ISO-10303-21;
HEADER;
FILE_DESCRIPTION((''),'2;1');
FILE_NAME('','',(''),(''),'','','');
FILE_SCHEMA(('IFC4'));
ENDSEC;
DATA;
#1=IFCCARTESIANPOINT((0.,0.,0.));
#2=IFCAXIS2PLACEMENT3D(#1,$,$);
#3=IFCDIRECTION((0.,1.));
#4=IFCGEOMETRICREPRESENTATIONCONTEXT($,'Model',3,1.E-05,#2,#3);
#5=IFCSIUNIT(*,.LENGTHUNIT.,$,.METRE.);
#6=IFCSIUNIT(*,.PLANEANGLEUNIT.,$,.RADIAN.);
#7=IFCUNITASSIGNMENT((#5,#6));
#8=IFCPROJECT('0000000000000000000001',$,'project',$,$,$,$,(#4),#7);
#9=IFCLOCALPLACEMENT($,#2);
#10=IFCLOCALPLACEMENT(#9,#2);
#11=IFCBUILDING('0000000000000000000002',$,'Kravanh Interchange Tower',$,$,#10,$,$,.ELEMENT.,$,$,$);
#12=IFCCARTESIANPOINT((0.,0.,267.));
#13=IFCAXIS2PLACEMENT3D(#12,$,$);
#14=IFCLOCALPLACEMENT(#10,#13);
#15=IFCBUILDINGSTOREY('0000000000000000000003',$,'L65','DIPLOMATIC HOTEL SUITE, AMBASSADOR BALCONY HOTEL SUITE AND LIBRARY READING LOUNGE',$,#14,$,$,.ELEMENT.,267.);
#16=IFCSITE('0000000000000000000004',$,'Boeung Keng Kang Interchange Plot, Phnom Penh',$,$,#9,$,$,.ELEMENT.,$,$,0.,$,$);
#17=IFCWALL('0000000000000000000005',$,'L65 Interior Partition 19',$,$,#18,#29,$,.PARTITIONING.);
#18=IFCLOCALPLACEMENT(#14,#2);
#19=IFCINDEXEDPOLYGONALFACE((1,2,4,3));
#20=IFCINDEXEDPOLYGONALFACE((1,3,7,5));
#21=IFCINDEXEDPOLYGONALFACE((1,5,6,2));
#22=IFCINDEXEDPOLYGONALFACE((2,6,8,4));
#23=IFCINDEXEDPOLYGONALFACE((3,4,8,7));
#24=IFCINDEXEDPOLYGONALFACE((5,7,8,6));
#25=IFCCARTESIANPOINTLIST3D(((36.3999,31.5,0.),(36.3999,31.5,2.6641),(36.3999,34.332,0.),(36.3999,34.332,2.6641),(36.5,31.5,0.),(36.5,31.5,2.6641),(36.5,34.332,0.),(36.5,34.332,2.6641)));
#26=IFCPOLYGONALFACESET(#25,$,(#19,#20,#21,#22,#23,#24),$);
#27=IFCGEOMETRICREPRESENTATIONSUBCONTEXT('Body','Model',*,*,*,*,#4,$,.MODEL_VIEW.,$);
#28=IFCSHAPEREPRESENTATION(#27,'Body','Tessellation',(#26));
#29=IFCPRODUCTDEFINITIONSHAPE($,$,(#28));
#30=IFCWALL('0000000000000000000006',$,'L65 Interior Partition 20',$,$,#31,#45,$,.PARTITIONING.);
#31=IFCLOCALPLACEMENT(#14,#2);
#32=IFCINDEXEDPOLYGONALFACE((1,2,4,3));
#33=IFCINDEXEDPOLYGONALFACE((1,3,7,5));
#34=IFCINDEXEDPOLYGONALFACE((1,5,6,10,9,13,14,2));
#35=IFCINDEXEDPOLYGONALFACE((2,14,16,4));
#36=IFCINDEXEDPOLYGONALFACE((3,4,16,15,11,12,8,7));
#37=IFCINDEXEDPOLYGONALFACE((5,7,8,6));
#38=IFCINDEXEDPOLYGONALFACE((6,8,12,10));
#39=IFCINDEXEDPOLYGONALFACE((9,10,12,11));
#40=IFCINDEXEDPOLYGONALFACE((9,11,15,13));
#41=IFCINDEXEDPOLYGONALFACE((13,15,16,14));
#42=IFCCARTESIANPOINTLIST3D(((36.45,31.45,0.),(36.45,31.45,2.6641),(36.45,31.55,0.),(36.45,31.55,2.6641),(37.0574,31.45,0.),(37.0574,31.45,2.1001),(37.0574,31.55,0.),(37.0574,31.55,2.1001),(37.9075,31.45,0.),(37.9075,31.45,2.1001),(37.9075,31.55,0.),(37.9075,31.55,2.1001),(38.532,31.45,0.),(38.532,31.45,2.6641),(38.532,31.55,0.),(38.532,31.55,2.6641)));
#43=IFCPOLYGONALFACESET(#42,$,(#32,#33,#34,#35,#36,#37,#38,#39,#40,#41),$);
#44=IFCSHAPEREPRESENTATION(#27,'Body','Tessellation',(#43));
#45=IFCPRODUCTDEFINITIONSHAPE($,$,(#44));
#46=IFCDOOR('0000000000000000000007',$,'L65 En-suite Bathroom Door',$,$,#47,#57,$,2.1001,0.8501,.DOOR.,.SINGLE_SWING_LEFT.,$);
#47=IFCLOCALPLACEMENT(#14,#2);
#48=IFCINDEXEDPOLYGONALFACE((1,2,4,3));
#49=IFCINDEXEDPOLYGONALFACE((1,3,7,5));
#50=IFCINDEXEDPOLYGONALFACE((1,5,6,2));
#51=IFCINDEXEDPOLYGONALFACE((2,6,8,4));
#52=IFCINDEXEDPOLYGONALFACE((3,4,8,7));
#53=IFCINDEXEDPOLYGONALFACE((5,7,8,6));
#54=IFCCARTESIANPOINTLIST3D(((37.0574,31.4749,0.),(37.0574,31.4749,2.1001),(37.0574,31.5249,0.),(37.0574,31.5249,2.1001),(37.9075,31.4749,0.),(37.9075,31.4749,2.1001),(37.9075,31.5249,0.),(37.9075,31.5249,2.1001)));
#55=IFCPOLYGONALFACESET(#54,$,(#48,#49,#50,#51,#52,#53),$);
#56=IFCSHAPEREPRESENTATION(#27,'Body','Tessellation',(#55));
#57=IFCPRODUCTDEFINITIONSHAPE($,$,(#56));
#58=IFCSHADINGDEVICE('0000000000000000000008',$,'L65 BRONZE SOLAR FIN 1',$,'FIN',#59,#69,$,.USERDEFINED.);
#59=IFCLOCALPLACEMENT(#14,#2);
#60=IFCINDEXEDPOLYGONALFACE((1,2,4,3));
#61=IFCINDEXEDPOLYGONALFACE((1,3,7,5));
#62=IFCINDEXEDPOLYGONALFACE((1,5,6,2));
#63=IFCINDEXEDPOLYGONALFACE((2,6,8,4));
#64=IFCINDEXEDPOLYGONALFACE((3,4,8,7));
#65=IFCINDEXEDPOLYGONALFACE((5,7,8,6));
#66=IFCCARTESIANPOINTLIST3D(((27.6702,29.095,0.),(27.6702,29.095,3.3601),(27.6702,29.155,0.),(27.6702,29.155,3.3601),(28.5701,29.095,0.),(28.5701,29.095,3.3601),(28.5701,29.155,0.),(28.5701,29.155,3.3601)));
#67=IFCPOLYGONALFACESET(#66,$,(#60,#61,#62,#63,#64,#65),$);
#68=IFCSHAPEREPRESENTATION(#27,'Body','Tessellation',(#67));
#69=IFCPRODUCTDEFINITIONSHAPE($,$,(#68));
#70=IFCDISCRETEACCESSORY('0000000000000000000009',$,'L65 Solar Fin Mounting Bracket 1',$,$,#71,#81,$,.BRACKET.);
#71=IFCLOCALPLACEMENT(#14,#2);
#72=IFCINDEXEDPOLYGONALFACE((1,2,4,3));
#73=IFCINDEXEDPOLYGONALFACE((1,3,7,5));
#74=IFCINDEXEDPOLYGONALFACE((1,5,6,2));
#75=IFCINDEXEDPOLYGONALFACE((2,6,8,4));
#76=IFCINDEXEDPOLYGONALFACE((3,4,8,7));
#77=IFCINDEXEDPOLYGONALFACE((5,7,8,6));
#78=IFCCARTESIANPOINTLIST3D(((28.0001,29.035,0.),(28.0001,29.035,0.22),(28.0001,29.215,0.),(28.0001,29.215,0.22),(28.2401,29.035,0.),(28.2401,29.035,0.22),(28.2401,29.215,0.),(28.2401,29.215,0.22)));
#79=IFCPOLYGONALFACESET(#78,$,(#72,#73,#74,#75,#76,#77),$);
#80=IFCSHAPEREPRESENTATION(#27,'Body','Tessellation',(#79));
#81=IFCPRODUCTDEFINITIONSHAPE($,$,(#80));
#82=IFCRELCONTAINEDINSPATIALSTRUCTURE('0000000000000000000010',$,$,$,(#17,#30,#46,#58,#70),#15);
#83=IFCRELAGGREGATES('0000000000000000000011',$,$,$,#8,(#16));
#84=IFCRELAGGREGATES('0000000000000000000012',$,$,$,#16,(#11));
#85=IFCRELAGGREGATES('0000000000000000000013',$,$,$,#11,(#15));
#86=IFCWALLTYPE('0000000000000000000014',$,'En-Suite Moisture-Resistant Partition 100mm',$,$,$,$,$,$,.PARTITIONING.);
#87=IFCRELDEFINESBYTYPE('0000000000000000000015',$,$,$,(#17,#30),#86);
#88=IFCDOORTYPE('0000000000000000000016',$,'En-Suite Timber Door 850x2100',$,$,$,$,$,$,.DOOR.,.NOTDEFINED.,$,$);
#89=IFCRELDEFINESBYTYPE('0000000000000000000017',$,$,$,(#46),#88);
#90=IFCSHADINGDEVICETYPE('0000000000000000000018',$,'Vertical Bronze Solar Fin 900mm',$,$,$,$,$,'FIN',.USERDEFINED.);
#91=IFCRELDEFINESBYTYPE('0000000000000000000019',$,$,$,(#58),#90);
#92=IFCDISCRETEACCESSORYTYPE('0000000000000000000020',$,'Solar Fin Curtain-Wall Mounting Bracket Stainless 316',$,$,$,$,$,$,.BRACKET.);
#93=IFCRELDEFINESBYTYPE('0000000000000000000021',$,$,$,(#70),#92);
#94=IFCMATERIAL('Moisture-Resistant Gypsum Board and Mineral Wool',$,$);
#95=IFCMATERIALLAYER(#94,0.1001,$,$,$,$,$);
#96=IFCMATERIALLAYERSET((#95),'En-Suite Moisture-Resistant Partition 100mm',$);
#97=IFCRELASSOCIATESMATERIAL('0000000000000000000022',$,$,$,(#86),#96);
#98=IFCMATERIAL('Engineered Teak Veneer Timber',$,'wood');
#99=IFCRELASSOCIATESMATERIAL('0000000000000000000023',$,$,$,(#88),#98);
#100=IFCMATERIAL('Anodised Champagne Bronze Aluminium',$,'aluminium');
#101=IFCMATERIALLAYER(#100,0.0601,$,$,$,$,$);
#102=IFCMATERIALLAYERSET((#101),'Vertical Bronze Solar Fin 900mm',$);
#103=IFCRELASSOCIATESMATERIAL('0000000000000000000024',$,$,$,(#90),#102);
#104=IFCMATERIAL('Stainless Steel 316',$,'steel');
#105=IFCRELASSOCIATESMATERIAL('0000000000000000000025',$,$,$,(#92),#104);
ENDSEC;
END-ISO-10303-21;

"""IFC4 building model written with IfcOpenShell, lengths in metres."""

from ifc_helpers import new_model, si_unit, direction, frame, frame_2d, origin, origin_2d, place, context, subcontext, project, spatial, rectangle, extrude, material, layer, layer_set, type_object, element, fill, save


model = new_model("IFC4")

# Units and contexts
model_context = context("Model", 3, precision=1e-05, world=origin(), true_north=direction((0.0, 1.0)))
body_context = subcontext(model_context, "Body", "Model", "MODEL_VIEW")
ifc_project = project(units=[si_unit("LENGTHUNIT", "METRE"), si_unit("PLANEANGLEUNIT", "RADIAN")], contexts=[model_context])

# Site, building, storey
site_placement = place(None, origin())
site = spatial("IfcSite", under=ifc_project, at=site_placement, Name="Boeung Keng Kang Interchange Plot, Phnom Penh", CompositionType="ELEMENT", RefElevation=0.0)
building_placement = place(site_placement, origin())
building = spatial("IfcBuilding", under=site, at=building_placement, Name="Kravanh Interchange Tower", CompositionType="ELEMENT")
storey_placement = place(building_placement, frame((0.0, 0.0, 267.0)))
storey = spatial("IfcBuildingStorey", under=building, at=storey_placement, Name="L65", Description="DIPLOMATIC HOTEL SUITE, AMBASSADOR BALCONY HOTEL SUITE AND LIBRARY READING LOUNGE", CompositionType="ELEMENT", Elevation=267.0)

# Wall
ifc_material_1 = material(Name="Moisture-Resistant Gypsum Board and Mineral Wool")
ifc_layer_1 = layer(ifc_material_1, 0.1001)
ifc_layer_set_1 = layer_set([ifc_layer_1], Name="En-Suite Moisture-Resistant Partition 100mm")
wall_type_1 = type_object("IfcWallType", Name="En-Suite Moisture-Resistant Partition 100mm", PredefinedType="PARTITIONING", material=ifc_layer_set_1)
wall_1_placement = place(storey_placement, frame((36.45, 31.5, 0.0), z_axis=(0.0, 0.0, 1.0), x_axis=(0.0, 1.0, 0.0)))
element("IfcWall", 1, at=wall_1_placement, inside=storey, type_object=wall_type_1, Name="L65 Interior Partition 19", PredefinedType="PARTITIONING", context=body_context, shape_type="SweptSolid", body=[
    extrude(rectangle(XDim=2.832, YDim=0.1001, at=frame_2d((1.416, 0.0))), origin(), (0.0, 0.0, 1.0), 2.6641),
])

# Wall, opening, door
wall_2_placement = place(storey_placement, frame((36.45, 31.5, 0.0), z_axis=(0.0, 0.0, 1.0), x_axis=(1.0, 0.0, 0.0)))
wall_2 = element("IfcWall", 2, at=wall_2_placement, inside=storey, type_object=wall_type_1, Name="L65 Interior Partition 20", PredefinedType="PARTITIONING", context=body_context, shape_type="SweptSolid", body=[
    extrude(rectangle(XDim=2.082, YDim=0.1001, at=frame_2d((1.041, 0.0))), origin(), (0.0, 0.0, 1.0), 2.6641),
])
opening_placement = place(wall_2_placement, frame((0.6074, 0.0, 0.0)))
opening = element("IfcOpeningElement", 3, at=opening_placement, cuts=wall_2, PredefinedType="OPENING", context=body_context, shape_type="SweptSolid", body=[
    extrude(rectangle(XDim=0.8501, YDim=2.1001, at=frame_2d((0.425, 1.05))), frame((0.0, 0.0601, 0.0), z_axis=(0.0, -1.0, 0.0), x_axis=(1.0, 0.0, 0.0)), (0.0, 0.0, 1.0), 0.1201),
])
ifc_material_2 = material(Name="Engineered Teak Veneer Timber", Category="wood")
door_type = type_object("IfcDoorType", Name="En-Suite Timber Door 850x2100", OperationType="NOTDEFINED", PredefinedType="DOOR", material=ifc_material_2)
door_placement = place(opening_placement, origin())
door = element("IfcDoor", 4, at=door_placement, inside=storey, type_object=door_type, Name="L65 En-suite Bathroom Door", OperationType="SINGLE_SWING_LEFT", OverallHeight=2.1001, OverallWidth=0.8501, PredefinedType="DOOR", context=body_context, shape_type="SweptSolid", body=[
    extrude(rectangle(XDim=0.8501, YDim=2.1001, at=frame_2d((0.425, 1.05))), frame((0.0, 0.0249, 0.0), z_axis=(0.0, -1.0, 0.0), x_axis=(1.0, 0.0, 0.0)), (0.0, 0.0, 1.0), 0.05),
])
fill(opening, door)

# Shading device
ifc_material_3 = material(Name="Anodised Champagne Bronze Aluminium", Category="aluminium")
ifc_layer_2 = layer(ifc_material_3, 0.0601)
ifc_layer_set_2 = layer_set([ifc_layer_2], Name="Vertical Bronze Solar Fin 900mm")
shading_device_type = type_object("IfcShadingDeviceType", Name="Vertical Bronze Solar Fin 900mm", ElementType="FIN", PredefinedType="USERDEFINED", material=ifc_layer_set_2)
shading_device_placement = place(storey_placement, frame((28.1201, 29.125, 0.0), z_axis=(0.0, 0.0, 1.0), x_axis=(-1.0, 0.0, 0.0)))
element("IfcShadingDevice", 5, at=shading_device_placement, inside=storey, type_object=shading_device_type, Name="L65 BRONZE SOLAR FIN 1", ObjectType="FIN", PredefinedType="USERDEFINED", context=body_context, shape_type="SweptSolid", body=[
    extrude(rectangle(XDim=0.8999, YDim=0.0601, at=origin_2d()), origin(), (0.0, 0.0, 1.0), 3.3601),
])

# Discrete accessory
ifc_material_4 = material(Name="Stainless Steel 316", Category="steel")
discrete_accessory_type = type_object("IfcDiscreteAccessoryType", Name="Solar Fin Curtain-Wall Mounting Bracket Stainless 316", PredefinedType="BRACKET", material=ifc_material_4)
discrete_accessory_placement = place(storey_placement, frame((28.1201, 29.125, 0.0), z_axis=(0.0, 0.0, 1.0), x_axis=(-1.0, 0.0, 0.0)))
element("IfcDiscreteAccessory", 6, at=discrete_accessory_placement, inside=storey, type_object=discrete_accessory_type, Name="L65 Solar Fin Mounting Bracket 1", PredefinedType="BRACKET", context=body_context, shape_type="SweptSolid", body=[
    extrude(rectangle(XDim=0.24, YDim=0.1799, at=origin_2d()), origin(), (0.0, 0.0, 1.0), 0.22),
])

save(model, "model.ifc")
